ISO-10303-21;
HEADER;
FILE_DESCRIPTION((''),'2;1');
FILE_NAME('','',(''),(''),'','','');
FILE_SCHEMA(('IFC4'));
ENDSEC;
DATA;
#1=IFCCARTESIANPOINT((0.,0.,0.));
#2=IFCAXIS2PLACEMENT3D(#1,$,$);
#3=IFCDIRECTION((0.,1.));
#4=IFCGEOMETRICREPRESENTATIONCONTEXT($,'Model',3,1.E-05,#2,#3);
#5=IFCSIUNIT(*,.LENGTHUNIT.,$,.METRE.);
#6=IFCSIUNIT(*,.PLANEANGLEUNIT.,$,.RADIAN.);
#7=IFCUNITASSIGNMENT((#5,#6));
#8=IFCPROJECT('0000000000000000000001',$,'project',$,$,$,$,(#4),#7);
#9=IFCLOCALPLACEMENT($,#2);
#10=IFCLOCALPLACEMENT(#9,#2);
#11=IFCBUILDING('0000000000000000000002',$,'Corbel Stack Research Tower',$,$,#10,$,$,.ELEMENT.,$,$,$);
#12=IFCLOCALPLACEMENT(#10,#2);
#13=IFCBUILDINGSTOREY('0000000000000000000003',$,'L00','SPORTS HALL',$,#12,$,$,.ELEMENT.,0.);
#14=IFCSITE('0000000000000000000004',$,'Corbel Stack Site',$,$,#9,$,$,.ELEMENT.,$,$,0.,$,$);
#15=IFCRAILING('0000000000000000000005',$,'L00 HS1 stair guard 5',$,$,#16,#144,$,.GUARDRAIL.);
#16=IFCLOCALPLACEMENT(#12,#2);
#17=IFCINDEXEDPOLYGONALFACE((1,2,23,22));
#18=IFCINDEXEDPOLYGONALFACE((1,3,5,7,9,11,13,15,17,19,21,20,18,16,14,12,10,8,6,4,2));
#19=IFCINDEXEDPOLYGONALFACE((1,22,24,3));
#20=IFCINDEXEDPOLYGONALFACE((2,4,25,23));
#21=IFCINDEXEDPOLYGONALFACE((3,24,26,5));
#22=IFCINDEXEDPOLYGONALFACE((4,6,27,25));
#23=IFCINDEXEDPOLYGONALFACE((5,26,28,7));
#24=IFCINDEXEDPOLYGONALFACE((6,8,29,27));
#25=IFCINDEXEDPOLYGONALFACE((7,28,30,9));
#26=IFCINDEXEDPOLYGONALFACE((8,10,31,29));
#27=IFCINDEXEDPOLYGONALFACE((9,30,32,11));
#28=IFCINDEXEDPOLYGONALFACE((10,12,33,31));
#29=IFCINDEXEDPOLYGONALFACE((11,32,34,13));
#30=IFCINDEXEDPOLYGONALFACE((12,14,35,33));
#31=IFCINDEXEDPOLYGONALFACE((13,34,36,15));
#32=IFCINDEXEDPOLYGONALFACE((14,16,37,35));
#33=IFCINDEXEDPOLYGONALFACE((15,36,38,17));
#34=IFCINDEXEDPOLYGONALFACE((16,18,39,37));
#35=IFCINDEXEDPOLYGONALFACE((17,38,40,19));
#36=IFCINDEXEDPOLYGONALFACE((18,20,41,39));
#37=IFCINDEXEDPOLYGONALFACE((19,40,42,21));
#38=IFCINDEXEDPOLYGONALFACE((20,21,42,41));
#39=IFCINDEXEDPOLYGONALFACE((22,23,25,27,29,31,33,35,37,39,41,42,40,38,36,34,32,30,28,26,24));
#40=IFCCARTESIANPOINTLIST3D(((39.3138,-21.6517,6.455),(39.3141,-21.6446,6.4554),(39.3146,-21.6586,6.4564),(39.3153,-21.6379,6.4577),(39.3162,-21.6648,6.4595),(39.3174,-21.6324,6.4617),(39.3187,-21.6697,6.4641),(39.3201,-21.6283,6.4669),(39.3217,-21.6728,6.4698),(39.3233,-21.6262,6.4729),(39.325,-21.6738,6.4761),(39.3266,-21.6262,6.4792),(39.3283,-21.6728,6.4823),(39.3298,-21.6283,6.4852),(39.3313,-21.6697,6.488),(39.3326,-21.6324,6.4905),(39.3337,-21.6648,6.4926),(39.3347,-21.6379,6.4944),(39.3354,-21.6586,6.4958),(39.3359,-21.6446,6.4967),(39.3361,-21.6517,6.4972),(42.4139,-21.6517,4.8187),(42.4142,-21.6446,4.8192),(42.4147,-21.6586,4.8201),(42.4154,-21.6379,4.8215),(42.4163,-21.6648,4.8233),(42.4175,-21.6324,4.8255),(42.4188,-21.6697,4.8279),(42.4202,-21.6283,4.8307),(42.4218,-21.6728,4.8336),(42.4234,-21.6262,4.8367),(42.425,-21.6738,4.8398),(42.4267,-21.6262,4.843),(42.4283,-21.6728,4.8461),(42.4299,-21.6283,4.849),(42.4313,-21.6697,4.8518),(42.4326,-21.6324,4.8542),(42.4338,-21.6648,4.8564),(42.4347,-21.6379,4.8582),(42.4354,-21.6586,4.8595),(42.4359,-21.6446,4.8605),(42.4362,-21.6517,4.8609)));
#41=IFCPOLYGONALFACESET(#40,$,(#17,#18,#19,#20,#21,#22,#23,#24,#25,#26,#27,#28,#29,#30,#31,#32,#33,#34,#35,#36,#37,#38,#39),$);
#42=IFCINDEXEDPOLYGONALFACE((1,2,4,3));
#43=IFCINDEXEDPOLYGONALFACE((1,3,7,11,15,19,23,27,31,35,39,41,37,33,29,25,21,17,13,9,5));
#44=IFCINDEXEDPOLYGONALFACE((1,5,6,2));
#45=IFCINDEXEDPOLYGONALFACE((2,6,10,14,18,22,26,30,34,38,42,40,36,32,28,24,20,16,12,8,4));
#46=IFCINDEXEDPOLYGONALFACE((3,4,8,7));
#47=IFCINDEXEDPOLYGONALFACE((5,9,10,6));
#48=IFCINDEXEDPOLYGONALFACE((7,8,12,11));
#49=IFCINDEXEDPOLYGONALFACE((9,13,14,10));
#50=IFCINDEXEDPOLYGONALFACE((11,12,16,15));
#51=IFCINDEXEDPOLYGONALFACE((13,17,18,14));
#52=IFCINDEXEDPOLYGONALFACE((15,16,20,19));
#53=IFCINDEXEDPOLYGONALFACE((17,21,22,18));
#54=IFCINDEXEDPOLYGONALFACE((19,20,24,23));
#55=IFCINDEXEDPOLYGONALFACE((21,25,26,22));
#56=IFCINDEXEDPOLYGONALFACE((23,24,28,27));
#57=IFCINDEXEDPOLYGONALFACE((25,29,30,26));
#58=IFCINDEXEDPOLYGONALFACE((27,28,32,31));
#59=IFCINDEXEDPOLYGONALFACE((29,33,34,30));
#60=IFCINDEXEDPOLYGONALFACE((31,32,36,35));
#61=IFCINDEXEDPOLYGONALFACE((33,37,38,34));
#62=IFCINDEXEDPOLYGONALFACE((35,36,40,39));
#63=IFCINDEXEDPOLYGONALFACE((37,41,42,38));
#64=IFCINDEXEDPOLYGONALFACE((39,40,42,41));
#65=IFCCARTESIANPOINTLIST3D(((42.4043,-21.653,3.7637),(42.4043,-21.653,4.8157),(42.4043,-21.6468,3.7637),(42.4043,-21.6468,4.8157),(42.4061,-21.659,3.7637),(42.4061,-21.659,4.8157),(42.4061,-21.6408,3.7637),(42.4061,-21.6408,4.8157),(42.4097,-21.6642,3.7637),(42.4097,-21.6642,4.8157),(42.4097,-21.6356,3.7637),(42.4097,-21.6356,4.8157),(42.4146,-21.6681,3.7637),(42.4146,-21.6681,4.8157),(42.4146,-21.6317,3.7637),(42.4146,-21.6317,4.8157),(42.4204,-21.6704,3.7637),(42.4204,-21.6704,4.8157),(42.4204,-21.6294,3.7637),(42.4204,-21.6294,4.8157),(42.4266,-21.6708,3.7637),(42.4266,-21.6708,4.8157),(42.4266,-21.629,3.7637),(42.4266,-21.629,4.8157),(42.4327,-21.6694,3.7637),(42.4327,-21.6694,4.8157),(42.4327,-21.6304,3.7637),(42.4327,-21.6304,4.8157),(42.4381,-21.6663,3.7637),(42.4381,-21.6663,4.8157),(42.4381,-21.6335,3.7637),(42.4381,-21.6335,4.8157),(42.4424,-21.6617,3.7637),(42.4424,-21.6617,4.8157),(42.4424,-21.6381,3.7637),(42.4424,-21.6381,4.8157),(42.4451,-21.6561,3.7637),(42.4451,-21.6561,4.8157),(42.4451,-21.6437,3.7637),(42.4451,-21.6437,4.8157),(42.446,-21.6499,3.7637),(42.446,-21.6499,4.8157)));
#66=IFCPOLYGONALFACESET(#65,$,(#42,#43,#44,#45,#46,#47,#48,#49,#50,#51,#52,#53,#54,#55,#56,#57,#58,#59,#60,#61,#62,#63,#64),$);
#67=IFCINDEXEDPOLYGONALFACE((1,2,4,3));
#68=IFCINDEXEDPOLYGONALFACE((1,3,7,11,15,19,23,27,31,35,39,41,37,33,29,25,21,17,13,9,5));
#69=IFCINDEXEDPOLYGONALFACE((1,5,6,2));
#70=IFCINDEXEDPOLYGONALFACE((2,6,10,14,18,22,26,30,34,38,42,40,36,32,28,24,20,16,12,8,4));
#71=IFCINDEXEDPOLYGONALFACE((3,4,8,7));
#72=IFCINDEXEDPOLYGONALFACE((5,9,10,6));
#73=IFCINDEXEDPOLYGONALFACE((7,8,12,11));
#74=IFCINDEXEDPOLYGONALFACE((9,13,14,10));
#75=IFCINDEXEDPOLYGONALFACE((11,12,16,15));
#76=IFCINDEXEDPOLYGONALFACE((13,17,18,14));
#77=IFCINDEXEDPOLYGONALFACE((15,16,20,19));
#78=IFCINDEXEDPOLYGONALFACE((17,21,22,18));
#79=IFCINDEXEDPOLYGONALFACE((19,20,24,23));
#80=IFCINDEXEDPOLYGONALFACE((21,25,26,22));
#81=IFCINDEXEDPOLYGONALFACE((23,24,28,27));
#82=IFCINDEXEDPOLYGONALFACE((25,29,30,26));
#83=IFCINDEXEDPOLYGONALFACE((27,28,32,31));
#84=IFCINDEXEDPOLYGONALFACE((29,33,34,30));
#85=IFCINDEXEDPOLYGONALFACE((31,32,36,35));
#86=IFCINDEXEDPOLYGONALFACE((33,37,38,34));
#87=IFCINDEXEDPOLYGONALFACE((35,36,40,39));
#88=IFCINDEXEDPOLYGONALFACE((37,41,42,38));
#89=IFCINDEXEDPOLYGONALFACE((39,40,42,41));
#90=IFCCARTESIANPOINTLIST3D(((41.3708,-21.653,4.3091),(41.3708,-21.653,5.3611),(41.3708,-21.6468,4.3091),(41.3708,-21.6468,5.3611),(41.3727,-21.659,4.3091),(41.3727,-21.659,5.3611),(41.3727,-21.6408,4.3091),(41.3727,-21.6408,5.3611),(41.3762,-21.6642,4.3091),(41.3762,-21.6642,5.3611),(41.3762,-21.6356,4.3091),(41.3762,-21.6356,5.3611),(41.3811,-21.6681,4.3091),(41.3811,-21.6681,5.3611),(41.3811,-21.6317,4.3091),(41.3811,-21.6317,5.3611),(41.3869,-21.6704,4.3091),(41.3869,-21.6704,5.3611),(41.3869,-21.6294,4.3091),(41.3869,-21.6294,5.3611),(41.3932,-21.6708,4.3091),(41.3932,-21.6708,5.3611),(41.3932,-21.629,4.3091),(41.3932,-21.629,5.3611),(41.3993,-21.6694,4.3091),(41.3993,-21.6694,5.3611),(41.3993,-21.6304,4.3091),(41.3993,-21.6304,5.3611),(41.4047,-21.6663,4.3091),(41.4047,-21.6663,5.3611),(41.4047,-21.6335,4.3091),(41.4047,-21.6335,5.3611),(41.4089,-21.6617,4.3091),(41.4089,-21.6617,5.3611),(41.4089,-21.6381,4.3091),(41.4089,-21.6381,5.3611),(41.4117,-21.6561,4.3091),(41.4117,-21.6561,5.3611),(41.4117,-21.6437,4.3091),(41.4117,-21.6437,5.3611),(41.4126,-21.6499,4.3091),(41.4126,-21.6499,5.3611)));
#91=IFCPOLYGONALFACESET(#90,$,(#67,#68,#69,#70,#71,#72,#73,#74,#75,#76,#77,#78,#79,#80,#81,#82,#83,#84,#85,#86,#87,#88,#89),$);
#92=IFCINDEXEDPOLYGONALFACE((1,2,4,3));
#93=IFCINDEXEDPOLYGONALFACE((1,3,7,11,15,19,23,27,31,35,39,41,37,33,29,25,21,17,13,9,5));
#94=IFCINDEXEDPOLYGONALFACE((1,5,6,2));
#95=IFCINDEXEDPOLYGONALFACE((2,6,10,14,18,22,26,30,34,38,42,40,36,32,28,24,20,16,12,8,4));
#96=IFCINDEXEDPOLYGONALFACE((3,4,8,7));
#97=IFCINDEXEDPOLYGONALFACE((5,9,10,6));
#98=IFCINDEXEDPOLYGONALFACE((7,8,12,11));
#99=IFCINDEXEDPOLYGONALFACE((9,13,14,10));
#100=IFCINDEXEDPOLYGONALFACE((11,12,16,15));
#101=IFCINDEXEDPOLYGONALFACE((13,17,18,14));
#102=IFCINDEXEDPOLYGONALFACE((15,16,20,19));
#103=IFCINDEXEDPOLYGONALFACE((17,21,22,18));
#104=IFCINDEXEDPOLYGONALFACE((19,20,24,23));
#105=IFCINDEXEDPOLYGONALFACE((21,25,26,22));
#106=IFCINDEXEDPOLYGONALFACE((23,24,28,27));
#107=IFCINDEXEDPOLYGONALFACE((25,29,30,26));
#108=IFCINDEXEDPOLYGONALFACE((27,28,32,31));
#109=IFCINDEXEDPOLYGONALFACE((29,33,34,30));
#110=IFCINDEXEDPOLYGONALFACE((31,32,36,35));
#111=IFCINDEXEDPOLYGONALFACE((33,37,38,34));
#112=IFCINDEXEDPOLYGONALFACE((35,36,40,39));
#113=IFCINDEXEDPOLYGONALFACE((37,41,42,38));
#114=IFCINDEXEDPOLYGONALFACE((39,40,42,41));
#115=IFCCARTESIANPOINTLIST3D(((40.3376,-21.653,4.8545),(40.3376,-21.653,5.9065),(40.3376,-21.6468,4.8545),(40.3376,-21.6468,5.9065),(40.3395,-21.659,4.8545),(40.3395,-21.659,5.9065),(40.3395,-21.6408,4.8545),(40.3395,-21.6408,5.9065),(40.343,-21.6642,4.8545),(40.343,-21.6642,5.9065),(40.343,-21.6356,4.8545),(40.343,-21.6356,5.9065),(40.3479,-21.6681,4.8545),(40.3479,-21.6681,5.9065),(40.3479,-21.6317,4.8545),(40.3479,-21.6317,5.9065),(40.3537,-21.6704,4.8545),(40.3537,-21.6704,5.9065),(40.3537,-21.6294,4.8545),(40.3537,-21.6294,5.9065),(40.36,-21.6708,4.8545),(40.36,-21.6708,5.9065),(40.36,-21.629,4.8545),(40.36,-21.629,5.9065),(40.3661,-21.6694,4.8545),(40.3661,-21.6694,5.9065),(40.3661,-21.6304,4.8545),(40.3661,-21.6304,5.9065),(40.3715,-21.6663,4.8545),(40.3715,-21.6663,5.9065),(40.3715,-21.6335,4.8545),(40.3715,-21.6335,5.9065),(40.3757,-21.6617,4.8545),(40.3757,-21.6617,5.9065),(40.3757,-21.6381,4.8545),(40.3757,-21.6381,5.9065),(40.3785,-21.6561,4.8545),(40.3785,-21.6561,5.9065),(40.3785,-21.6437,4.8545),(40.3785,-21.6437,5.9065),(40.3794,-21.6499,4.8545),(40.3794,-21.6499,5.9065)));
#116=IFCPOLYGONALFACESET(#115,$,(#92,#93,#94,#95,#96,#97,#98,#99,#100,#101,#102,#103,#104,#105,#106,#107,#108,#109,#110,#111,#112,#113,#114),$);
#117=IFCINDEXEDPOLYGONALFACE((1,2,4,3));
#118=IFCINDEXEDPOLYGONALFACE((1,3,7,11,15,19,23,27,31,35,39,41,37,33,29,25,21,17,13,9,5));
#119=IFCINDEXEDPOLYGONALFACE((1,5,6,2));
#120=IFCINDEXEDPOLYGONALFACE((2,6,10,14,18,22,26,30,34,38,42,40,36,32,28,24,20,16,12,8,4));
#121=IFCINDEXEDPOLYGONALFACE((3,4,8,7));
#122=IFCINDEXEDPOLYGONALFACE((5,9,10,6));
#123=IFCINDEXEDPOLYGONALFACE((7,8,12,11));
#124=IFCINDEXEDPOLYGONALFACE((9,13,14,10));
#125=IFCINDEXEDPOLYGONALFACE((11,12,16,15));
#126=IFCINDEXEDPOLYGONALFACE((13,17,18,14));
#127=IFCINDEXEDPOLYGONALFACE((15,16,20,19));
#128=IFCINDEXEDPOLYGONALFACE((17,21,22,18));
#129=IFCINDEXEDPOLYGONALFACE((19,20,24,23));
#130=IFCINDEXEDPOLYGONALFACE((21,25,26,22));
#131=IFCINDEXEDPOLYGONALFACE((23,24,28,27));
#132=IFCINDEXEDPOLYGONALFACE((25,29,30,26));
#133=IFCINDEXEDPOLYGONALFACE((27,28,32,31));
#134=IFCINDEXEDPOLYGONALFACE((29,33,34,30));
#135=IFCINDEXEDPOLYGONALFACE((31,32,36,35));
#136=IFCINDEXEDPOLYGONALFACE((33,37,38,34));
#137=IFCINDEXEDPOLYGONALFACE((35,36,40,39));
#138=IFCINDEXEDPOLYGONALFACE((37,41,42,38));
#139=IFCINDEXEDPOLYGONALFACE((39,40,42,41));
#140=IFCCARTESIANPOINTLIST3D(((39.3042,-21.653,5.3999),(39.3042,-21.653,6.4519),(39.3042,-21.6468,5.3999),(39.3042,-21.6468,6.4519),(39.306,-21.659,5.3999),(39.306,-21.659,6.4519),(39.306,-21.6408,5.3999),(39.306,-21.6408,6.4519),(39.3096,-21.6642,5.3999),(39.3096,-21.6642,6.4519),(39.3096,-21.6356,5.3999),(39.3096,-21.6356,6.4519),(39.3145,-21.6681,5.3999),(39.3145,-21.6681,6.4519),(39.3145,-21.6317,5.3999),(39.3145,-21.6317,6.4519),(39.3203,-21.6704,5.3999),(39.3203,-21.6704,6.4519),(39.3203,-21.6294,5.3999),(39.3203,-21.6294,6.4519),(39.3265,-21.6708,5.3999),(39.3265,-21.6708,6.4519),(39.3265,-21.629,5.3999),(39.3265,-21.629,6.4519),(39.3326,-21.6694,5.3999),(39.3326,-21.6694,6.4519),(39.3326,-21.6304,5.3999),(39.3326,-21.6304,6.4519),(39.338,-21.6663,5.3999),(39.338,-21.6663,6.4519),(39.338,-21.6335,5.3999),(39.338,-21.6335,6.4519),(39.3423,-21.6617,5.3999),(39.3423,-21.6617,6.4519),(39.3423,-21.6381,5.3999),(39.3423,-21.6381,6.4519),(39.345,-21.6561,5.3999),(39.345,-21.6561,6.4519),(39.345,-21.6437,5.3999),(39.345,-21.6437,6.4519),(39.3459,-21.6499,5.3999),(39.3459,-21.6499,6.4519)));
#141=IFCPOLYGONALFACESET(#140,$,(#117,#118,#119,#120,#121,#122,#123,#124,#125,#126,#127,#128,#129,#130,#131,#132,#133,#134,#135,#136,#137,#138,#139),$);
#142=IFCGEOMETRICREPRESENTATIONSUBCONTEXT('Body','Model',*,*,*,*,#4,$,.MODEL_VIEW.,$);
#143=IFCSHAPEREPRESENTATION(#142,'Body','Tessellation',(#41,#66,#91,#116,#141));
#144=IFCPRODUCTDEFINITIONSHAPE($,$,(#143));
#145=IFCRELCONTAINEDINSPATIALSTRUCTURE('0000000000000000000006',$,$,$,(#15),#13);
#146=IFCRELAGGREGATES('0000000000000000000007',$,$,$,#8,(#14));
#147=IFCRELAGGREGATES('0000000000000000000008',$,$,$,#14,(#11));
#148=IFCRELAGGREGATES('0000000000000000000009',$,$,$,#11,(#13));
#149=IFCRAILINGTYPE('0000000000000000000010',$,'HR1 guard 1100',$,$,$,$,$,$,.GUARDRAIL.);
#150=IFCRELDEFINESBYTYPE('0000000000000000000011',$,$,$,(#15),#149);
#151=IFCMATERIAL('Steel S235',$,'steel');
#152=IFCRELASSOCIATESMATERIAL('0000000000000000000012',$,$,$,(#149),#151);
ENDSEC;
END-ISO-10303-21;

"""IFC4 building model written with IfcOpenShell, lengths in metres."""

from ifc_helpers import new_model, si_unit, direction, frame, origin, origin_2d, place, context, subcontext, project, spatial, circle, extrude, material, type_object, element, save


model = new_model("IFC4")

# Units and contexts
model_context = context("Model", 3, precision=1e-05, world=origin(), true_north=direction((0.0, 1.0)))
body_context = subcontext(model_context, "Body", "Model", "MODEL_VIEW")
ifc_project = project(units=[si_unit("LENGTHUNIT", "METRE"), si_unit("PLANEANGLEUNIT", "RADIAN")], contexts=[model_context])

# Site, building, storey
site_placement = place(None, origin())
site = spatial("IfcSite", under=ifc_project, at=site_placement, Name="Corbel Stack Site", CompositionType="ELEMENT", RefElevation=0.0)
building_placement = place(site_placement, origin())
building = spatial("IfcBuilding", under=site, at=building_placement, Name="Corbel Stack Research Tower", CompositionType="ELEMENT")
storey_placement = place(building_placement, origin())
storey = spatial("IfcBuildingStorey", under=building, at=storey_placement, Name="L00", Description="SPORTS HALL", CompositionType="ELEMENT", Elevation=0.0)

# Railing
ifc_material_1 = material(Name="Steel S235", Category="steel")
railing_type_1 = type_object("IfcRailingType", Name="HR1 guard 1100", PredefinedType="GUARDRAIL", material=ifc_material_1)
railing_1_placement = place(storey_placement, frame((42.425, -21.6499, 3.7637)))
element("IfcRailing", 1, at=railing_1_placement, inside=storey, type_object=railing_type_1, Name="L00 HS1 stair guard 5", PredefinedType="GUARDRAIL", context=body_context, shape_type="SweptSolid", body=[
    extrude(circle(Radius=0.0239, at=origin_2d()), frame((0.0, 0.0, 1.0762), z_axis=(-0.884377, 0.0, 0.466774), x_axis=(0.0, -1.0, 0.0)), (0.0, 0.0, 1.0), 3.5054),
    extrude(circle(Radius=0.021, at=origin_2d()), origin(), (0.0, 0.0, 1.0), 1.052),
    extrude(circle(Radius=0.021, at=origin_2d()), frame((-1.0334, 0.0, 0.5454)), (0.0, 0.0, 1.0), 1.052),
    extrude(circle(Radius=0.021, at=origin_2d()), frame((-2.0667, 0.0, 1.0908)), (0.0, 0.0, 1.0), 1.052),
    extrude(circle(Radius=0.021, at=origin_2d()), frame((-3.1001, 0.0, 1.6362)), (0.0, 0.0, 1.0), 1.052),
])

save(model, "model.ifc")
